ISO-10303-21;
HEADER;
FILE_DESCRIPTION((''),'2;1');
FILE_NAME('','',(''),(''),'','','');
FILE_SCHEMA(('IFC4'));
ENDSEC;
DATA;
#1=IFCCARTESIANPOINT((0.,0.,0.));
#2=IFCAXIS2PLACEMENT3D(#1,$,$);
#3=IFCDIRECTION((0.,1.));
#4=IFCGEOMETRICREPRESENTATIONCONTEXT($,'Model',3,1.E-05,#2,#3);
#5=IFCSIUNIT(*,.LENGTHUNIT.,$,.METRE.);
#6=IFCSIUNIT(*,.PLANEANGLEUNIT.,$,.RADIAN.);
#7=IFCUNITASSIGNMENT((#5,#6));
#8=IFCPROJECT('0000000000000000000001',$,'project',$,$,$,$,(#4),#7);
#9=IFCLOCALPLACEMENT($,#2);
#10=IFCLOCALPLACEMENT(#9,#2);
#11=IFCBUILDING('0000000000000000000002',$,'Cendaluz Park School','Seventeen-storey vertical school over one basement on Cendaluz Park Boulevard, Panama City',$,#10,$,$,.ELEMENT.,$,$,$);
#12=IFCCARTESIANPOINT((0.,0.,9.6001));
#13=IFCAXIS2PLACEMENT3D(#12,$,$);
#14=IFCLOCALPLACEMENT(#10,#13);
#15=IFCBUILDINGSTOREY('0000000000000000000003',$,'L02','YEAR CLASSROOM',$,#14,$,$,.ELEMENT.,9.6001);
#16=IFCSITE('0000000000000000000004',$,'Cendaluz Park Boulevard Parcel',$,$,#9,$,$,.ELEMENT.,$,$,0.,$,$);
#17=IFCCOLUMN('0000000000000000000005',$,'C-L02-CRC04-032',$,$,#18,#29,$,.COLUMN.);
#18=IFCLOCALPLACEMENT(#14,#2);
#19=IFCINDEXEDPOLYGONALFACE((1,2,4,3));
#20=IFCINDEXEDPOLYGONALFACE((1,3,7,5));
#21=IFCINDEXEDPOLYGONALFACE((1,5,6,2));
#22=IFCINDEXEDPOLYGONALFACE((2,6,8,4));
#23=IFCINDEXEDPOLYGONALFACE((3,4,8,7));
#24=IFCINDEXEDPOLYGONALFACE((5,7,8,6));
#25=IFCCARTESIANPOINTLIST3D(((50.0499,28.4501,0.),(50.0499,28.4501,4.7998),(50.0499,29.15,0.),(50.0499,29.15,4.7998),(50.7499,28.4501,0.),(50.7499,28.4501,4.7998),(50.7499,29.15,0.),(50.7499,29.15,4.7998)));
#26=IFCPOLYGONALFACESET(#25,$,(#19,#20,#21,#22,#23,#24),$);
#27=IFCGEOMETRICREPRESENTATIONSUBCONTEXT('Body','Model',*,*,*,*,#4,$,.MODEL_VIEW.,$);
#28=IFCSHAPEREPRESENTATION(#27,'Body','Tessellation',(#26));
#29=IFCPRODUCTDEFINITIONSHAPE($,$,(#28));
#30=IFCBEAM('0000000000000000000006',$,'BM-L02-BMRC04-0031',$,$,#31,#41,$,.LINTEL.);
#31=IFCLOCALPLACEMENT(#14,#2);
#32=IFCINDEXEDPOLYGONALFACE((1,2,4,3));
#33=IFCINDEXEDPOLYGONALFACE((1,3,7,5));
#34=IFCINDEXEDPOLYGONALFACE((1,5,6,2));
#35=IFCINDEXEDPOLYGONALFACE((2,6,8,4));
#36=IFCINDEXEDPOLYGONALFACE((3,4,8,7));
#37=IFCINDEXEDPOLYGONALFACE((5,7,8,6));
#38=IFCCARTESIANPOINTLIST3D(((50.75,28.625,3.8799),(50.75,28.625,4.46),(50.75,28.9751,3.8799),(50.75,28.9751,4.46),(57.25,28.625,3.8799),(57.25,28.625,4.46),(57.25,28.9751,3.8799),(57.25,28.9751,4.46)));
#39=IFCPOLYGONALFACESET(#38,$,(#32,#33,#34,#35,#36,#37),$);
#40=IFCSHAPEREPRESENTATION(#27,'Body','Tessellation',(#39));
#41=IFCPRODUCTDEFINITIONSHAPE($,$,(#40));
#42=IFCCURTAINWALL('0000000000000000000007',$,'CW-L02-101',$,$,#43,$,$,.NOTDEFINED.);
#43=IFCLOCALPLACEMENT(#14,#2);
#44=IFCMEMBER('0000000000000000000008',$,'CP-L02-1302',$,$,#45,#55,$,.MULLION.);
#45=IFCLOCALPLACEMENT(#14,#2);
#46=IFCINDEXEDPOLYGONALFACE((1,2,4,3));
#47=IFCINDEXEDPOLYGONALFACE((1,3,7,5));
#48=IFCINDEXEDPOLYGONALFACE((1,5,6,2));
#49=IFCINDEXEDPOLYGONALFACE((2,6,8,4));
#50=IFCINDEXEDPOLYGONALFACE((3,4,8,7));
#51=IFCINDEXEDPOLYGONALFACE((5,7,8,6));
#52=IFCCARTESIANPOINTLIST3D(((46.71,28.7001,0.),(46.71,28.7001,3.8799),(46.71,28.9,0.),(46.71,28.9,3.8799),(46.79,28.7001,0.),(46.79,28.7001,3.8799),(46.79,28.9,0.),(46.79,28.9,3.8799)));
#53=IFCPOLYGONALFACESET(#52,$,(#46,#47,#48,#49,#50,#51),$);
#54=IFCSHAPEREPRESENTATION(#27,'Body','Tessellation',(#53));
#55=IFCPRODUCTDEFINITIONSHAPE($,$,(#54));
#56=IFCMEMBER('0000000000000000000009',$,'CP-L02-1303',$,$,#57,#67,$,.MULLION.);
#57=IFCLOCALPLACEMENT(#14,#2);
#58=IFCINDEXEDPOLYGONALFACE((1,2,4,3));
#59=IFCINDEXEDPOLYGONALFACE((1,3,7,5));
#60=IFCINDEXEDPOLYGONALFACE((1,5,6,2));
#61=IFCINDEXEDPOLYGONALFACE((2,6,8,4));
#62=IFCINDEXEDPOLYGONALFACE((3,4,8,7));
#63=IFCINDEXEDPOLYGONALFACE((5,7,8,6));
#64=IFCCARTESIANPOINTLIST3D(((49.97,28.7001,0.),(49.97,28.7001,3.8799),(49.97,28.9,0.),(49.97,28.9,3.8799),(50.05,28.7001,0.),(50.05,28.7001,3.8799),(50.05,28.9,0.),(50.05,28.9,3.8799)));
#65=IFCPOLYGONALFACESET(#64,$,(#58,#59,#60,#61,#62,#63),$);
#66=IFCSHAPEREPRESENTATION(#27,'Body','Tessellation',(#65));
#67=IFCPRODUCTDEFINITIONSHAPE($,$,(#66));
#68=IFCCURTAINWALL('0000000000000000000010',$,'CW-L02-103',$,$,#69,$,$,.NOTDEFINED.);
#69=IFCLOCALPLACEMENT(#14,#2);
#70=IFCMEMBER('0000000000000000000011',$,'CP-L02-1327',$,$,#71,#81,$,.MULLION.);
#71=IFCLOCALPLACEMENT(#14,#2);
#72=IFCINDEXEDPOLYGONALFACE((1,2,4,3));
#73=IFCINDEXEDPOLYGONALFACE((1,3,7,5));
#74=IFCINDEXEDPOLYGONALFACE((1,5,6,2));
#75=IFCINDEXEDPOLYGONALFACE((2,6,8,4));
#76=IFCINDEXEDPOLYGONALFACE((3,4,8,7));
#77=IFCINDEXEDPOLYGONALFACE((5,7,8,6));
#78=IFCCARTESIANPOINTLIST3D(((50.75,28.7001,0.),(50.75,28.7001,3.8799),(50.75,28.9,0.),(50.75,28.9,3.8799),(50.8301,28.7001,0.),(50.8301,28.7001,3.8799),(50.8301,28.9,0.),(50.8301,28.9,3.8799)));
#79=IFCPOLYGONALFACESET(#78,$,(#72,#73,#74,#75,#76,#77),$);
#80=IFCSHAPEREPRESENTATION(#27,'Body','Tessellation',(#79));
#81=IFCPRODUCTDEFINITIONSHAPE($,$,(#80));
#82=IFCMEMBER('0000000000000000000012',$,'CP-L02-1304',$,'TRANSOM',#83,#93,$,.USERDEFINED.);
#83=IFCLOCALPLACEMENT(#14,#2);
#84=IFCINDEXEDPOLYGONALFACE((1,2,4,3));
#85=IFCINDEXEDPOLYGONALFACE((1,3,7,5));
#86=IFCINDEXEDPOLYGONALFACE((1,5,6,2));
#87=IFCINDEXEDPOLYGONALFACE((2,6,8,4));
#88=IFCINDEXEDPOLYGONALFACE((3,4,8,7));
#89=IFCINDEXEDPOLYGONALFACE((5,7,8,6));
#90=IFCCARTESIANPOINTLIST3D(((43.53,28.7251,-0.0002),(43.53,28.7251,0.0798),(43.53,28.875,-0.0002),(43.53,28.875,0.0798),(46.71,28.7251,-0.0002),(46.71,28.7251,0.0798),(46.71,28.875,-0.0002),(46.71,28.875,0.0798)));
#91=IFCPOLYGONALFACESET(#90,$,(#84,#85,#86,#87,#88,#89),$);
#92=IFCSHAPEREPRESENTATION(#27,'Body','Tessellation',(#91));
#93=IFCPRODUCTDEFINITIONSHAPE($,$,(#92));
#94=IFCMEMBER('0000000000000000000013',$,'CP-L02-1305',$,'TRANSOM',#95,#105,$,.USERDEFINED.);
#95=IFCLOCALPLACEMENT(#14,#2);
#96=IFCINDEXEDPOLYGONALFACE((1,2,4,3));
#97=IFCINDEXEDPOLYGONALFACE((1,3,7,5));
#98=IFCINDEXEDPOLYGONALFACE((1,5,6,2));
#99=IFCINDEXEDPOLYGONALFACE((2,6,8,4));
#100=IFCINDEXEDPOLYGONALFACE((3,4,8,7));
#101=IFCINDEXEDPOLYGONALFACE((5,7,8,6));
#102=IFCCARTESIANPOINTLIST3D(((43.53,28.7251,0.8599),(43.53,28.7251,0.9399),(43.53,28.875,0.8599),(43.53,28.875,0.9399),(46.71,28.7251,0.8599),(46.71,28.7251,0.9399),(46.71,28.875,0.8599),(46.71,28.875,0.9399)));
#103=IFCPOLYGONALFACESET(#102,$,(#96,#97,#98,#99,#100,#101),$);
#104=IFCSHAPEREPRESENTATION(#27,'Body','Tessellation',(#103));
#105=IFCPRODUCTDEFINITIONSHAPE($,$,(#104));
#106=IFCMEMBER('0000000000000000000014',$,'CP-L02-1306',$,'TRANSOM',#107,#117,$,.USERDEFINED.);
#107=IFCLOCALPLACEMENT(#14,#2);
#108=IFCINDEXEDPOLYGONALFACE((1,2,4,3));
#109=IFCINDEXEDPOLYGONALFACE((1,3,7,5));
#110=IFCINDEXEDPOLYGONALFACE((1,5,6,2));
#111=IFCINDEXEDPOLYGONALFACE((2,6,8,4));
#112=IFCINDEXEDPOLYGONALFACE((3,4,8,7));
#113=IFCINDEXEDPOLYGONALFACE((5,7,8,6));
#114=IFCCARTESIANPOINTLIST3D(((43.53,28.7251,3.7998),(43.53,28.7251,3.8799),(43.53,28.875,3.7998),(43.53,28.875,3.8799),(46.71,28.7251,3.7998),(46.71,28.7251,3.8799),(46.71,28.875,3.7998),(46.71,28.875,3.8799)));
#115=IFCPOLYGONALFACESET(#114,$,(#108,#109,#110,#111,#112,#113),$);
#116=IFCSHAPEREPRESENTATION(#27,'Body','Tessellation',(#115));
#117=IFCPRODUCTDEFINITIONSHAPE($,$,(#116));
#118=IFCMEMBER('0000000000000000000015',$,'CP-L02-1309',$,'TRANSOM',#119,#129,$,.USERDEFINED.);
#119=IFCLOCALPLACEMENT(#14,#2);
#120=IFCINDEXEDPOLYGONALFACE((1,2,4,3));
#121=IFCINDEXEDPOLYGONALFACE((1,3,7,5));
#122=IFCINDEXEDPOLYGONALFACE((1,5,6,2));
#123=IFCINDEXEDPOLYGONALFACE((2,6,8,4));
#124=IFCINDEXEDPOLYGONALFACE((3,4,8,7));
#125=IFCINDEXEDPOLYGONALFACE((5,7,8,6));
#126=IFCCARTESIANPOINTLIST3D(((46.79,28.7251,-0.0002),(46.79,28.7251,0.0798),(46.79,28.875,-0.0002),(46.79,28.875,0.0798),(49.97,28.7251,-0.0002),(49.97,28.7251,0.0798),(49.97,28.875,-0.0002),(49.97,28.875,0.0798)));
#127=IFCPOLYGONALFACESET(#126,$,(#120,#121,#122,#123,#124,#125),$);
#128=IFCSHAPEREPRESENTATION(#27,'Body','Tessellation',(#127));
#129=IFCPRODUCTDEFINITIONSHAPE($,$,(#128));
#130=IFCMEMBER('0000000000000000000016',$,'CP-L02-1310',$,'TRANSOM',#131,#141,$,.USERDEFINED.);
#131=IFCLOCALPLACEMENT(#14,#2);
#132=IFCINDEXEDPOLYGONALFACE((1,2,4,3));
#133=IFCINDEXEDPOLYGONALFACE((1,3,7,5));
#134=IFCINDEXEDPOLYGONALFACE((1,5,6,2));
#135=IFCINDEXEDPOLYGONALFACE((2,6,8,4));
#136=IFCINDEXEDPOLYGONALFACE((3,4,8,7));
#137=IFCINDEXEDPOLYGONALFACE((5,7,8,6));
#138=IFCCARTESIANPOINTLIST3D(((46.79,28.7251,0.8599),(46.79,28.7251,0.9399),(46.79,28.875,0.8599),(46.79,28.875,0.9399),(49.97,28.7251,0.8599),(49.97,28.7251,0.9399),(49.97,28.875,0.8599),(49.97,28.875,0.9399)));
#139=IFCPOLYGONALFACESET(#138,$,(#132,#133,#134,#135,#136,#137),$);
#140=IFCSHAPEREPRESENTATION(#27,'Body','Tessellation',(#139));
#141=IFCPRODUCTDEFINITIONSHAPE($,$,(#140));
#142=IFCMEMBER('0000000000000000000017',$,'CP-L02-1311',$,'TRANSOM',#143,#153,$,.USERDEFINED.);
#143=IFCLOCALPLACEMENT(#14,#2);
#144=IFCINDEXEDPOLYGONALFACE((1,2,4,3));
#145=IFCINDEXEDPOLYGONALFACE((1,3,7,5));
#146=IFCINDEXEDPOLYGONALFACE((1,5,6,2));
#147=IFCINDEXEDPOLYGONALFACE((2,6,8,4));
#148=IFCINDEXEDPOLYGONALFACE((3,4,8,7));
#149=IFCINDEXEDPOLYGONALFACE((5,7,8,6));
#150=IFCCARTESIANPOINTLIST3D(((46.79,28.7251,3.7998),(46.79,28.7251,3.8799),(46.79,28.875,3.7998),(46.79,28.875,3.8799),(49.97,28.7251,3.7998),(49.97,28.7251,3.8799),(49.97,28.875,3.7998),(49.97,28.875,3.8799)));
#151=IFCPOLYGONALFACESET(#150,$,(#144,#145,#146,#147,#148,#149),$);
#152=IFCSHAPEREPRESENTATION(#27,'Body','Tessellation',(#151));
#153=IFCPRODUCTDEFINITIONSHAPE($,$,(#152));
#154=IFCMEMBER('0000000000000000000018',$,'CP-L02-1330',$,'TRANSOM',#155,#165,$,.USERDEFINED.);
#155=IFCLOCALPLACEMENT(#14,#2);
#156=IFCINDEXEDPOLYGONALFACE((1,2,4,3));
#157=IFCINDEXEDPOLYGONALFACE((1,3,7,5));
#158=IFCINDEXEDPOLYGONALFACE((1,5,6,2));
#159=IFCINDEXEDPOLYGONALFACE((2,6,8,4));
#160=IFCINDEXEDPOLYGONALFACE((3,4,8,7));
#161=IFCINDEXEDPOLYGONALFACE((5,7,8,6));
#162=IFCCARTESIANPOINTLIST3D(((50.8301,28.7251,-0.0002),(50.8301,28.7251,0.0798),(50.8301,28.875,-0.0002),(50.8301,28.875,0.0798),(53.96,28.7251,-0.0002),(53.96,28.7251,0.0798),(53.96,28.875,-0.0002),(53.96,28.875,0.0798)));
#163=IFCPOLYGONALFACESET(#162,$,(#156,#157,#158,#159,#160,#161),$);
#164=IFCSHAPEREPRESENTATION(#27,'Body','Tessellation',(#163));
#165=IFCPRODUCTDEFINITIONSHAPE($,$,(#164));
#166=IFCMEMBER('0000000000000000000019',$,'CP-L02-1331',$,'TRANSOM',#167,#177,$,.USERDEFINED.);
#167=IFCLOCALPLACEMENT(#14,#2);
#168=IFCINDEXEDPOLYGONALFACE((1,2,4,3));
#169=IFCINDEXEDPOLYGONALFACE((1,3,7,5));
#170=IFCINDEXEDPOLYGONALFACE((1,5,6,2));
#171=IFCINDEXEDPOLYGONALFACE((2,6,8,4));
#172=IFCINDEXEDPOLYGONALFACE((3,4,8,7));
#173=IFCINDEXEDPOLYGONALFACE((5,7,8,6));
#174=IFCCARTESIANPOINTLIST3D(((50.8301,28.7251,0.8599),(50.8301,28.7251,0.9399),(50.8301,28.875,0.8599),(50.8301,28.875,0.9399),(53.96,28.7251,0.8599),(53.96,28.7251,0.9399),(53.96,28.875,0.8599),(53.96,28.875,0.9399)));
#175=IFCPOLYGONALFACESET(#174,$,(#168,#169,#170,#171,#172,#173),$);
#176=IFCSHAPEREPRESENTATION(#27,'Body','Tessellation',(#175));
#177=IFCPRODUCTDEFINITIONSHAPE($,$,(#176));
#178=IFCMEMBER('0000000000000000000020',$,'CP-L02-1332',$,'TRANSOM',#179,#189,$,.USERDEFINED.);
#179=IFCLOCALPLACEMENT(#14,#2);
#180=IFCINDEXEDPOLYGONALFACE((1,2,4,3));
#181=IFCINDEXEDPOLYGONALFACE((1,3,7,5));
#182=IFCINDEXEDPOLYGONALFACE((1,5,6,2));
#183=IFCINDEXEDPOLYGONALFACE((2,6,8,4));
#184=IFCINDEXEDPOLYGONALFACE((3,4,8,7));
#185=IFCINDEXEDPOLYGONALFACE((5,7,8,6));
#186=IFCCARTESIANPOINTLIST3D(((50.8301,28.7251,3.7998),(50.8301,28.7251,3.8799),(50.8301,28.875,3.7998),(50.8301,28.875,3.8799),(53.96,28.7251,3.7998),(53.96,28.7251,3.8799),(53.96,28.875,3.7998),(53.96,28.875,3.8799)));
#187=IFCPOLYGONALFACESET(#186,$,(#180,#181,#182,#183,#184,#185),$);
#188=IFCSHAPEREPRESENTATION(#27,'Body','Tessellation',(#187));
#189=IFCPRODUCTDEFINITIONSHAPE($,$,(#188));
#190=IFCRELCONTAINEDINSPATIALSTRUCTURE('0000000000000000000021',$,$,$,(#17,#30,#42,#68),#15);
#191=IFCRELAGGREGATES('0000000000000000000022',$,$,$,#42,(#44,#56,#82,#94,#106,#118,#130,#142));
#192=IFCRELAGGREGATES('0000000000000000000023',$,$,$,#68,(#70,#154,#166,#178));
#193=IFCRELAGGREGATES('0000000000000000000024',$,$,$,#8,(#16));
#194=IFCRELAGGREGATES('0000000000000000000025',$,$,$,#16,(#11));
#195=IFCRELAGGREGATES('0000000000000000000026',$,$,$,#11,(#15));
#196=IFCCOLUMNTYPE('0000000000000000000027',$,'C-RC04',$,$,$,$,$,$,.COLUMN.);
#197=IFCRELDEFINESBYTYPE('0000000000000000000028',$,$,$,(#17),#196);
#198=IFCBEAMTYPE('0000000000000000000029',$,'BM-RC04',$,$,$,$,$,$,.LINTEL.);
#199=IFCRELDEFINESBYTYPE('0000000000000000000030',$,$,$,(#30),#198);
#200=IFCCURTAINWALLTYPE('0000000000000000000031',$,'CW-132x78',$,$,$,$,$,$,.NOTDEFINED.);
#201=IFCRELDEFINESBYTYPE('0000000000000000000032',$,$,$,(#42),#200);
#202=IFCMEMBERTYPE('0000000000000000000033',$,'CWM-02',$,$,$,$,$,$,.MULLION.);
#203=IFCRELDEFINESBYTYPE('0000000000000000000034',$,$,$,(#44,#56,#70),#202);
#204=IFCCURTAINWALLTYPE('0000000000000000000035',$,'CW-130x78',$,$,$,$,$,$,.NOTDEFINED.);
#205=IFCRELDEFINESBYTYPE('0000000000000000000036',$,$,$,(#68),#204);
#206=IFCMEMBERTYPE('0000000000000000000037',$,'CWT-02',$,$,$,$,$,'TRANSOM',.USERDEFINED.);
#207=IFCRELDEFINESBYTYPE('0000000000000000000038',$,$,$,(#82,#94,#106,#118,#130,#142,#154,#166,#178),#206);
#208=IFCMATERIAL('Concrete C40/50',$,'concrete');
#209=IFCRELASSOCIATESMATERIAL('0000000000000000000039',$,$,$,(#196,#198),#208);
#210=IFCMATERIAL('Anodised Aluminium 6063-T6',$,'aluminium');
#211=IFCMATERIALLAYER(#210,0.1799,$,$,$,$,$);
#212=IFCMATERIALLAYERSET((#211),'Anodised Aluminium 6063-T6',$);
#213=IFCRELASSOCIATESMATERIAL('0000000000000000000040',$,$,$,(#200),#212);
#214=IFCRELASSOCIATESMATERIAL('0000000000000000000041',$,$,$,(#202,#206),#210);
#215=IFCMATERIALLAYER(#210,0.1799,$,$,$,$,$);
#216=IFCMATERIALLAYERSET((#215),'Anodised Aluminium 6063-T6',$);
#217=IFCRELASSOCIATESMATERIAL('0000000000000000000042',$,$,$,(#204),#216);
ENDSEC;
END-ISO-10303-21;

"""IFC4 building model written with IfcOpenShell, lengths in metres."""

from ifc_helpers import new_model, si_unit, direction, frame, origin, origin_2d, place, context, subcontext, project, spatial, rectangle, extrude, material, layer, layer_set, material_profile, profile_set, type_object, element, aggregate, save


model = new_model("IFC4")

# Units and contexts
model_context = context("Model", 3, precision=1e-05, world=origin(), true_north=direction((0.0, 1.0)))
body_context = subcontext(model_context, "Body", "Model", "MODEL_VIEW")
ifc_project = project(units=[si_unit("LENGTHUNIT", "METRE"), si_unit("PLANEANGLEUNIT", "RADIAN")], contexts=[model_context])

# Site, building, storey
site_placement = place(None, origin())
site = spatial("IfcSite", under=ifc_project, at=site_placement, Name="Cendaluz Park Boulevard Parcel", CompositionType="ELEMENT", RefElevation=0.0)
building_placement = place(site_placement, origin())
building = spatial("IfcBuilding", under=site, at=building_placement, Name="Cendaluz Park School", Description="Seventeen-storey vertical school over one basement on Cendaluz Park Boulevard, Panama City", CompositionType="ELEMENT")
storey_placement = place(building_placement, frame((0.0, 0.0, 9.6001)))
storey = spatial("IfcBuildingStorey", under=building, at=storey_placement, Name="L02", Description="YEAR CLASSROOM", CompositionType="ELEMENT", Elevation=9.6001)

# Column
ifc_material_1 = material(Name="Concrete C40/50", Category="concrete")
ifc_material_profile_1 = material_profile(ifc_material_1, rectangle(XDim=0.7, YDim=0.7, at=origin_2d()), Name="RC 700x700", Category="concrete")
ifc_profile_set_1 = profile_set([ifc_material_profile_1], Name="Concrete C40/50")
column_type = type_object("IfcColumnType", Name="C-RC04", PredefinedType="COLUMN", material=ifc_profile_set_1)
column_placement = place(storey_placement, frame((50.3999, 28.8, 0.0), z_axis=(0.0, 0.0, 1.0), x_axis=(1.0, 0.0, 0.0)))
element("IfcColumn", 1, at=column_placement, inside=storey, type_object=column_type, Name="C-L02-CRC04-032", PredefinedType="COLUMN", context=body_context, shape_type="SweptSolid", body=[
    extrude(rectangle(XDim=0.7, YDim=0.7, at=origin_2d()), origin(), (0.0, 0.0, 1.0), 4.7998),
])

# Beam
ifc_material_profile_2 = material_profile(ifc_material_1, rectangle(XDim=0.3501, YDim=0.5801, at=origin_2d()), Name="RC 350x580", Category="concrete")
ifc_profile_set_2 = profile_set([ifc_material_profile_2], Name="Concrete C40/50")
beam_type = type_object("IfcBeamType", Name="BM-RC04", PredefinedType="LINTEL", material=ifc_profile_set_2)
beam_placement = place(storey_placement, frame((50.75, 28.8, 4.1699), z_axis=(1.0, 0.0, 0.0), x_axis=(0.0, 1.0, 0.0)))
element("IfcBeam", 2, at=beam_placement, inside=storey, type_object=beam_type, Name="BM-L02-BMRC04-0031", PredefinedType="LINTEL", context=body_context, shape_type="SweptSolid", body=[
    extrude(rectangle(XDim=0.3501, YDim=0.5801, at=origin_2d()), origin(), (0.0, 0.0, 1.0), 6.5),
])

# Curtain wall, members
ifc_material_2 = material(Name="Anodised Aluminium 6063-T6", Category="aluminium")
ifc_layer_1 = layer(ifc_material_2, 0.1799)
ifc_layer_set_1 = layer_set([ifc_layer_1], Name="Anodised Aluminium 6063-T6")
curtain_wall_type_1 = type_object("IfcCurtainWallType", Name="CW-132x78", PredefinedType="NOTDEFINED", material=ifc_layer_set_1)
curtain_wall_1_placement = place(storey_placement, origin())
curtain_wall_1 = element("IfcCurtainWall", 3, at=curtain_wall_1_placement, inside=storey, type_object=curtain_wall_type_1, Name="CW-L02-101", PredefinedType="NOTDEFINED")
ifc_material_profile_3 = material_profile(ifc_material_2, rectangle(XDim=0.2, YDim=0.0801, at=origin_2d()), Name="CWM 200x80", Category="aluminium")
ifc_profile_set_3 = profile_set([ifc_material_profile_3], Name="Anodised Aluminium 6063-T6")
member_type_1 = type_object("IfcMemberType", Name="CWM-02", PredefinedType="MULLION", material=ifc_profile_set_3)
member_1_placement = place(storey_placement, frame((46.75, 28.8, 0.0), z_axis=(0.0, 0.0, 1.0), x_axis=(0.0, 1.0, 0.0)))
member_1 = element("IfcMember", 4, at=member_1_placement, type_object=member_type_1, Name="CP-L02-1302", PredefinedType="MULLION", context=body_context, shape_type="SweptSolid", body=[
    extrude(rectangle(XDim=0.2, YDim=0.0801, at=origin_2d()), origin(), (0.0, 0.0, 1.0), 3.8799),
])
member_2_placement = place(storey_placement, frame((50.01, 28.8, 0.0), z_axis=(0.0, 0.0, 1.0), x_axis=(0.0, 1.0, 0.0)))
member_2 = element("IfcMember", 5, at=member_2_placement, type_object=member_type_1, Name="CP-L02-1303", PredefinedType="MULLION", context=body_context, shape_type="SweptSolid", body=[
    extrude(rectangle(XDim=0.2, YDim=0.0801, at=origin_2d()), origin(), (0.0, 0.0, 1.0), 3.8799),
])

# Curtain wall, member
ifc_layer_2 = layer(ifc_material_2, 0.1799)
ifc_layer_set_2 = layer_set([ifc_layer_2], Name="Anodised Aluminium 6063-T6")
curtain_wall_type_2 = type_object("IfcCurtainWallType", Name="CW-130x78", PredefinedType="NOTDEFINED", material=ifc_layer_set_2)
curtain_wall_2_placement = place(storey_placement, origin())
curtain_wall_2 = element("IfcCurtainWall", 6, at=curtain_wall_2_placement, inside=storey, type_object=curtain_wall_type_2, Name="CW-L02-103", PredefinedType="NOTDEFINED")
member_3_placement = place(storey_placement, frame((50.79, 28.8, 0.0), z_axis=(0.0, 0.0, 1.0), x_axis=(0.0, 1.0, 0.0)))
member_3 = element("IfcMember", 7, at=member_3_placement, type_object=member_type_1, Name="CP-L02-1327", PredefinedType="MULLION", context=body_context, shape_type="SweptSolid", body=[
    extrude(rectangle(XDim=0.2, YDim=0.0801, at=origin_2d()), origin(), (0.0, 0.0, 1.0), 3.8799),
])

# Members
ifc_material_profile_4 = material_profile(ifc_material_2, rectangle(XDim=0.1499, YDim=0.0801, at=origin_2d()), Name="CWT 150x80", Category="aluminium")
ifc_profile_set_4 = profile_set([ifc_material_profile_4], Name="Anodised Aluminium 6063-T6")
member_type_2 = type_object("IfcMemberType", Name="CWT-02", ElementType="TRANSOM", PredefinedType="USERDEFINED", material=ifc_profile_set_4)
member_4_placement = place(storey_placement, frame((43.53, 28.8, 0.0398), z_axis=(1.0, 0.0, 0.0), x_axis=(0.0, 1.0, 0.0)))
member_4 = element("IfcMember", 8, at=member_4_placement, type_object=member_type_2, Name="CP-L02-1304", ObjectType="TRANSOM", PredefinedType="USERDEFINED", context=body_context, shape_type="SweptSolid", body=[
    extrude(rectangle(XDim=0.1499, YDim=0.0801, at=origin_2d()), origin(), (0.0, 0.0, 1.0), 3.1799),
])
member_5_placement = place(storey_placement, frame((43.53, 28.8, 0.8999), z_axis=(1.0, 0.0, 0.0), x_axis=(0.0, 1.0, 0.0)))
member_5 = element("IfcMember", 9, at=member_5_placement, type_object=member_type_2, Name="CP-L02-1305", ObjectType="TRANSOM", PredefinedType="USERDEFINED", context=body_context, shape_type="SweptSolid", body=[
    extrude(rectangle(XDim=0.1499, YDim=0.0801, at=origin_2d()), origin(), (0.0, 0.0, 1.0), 3.1799),
])
member_6_placement = place(storey_placement, frame((43.53, 28.8, 3.8398), z_axis=(1.0, 0.0, 0.0), x_axis=(0.0, 1.0, 0.0)))
member_6 = element("IfcMember", 10, at=member_6_placement, type_object=member_type_2, Name="CP-L02-1306", ObjectType="TRANSOM", PredefinedType="USERDEFINED", context=body_context, shape_type="SweptSolid", body=[
    extrude(rectangle(XDim=0.1499, YDim=0.0801, at=origin_2d()), origin(), (0.0, 0.0, 1.0), 3.1799),
])
member_7_placement = place(storey_placement, frame((46.79, 28.8, 0.0398), z_axis=(1.0, 0.0, 0.0), x_axis=(0.0, 1.0, 0.0)))
member_7 = element("IfcMember", 11, at=member_7_placement, type_object=member_type_2, Name="CP-L02-1309", ObjectType="TRANSOM", PredefinedType="USERDEFINED", context=body_context, shape_type="SweptSolid", body=[
    extrude(rectangle(XDim=0.1499, YDim=0.0801, at=origin_2d()), origin(), (0.0, 0.0, 1.0), 3.1799),
])
member_8_placement = place(storey_placement, frame((46.79, 28.8, 0.8999), z_axis=(1.0, 0.0, 0.0), x_axis=(0.0, 1.0, 0.0)))
member_8 = element("IfcMember", 12, at=member_8_placement, type_object=member_type_2, Name="CP-L02-1310", ObjectType="TRANSOM", PredefinedType="USERDEFINED", context=body_context, shape_type="SweptSolid", body=[
    extrude(rectangle(XDim=0.1499, YDim=0.0801, at=origin_2d()), origin(), (0.0, 0.0, 1.0), 3.1799),
])
member_9_placement = place(storey_placement, frame((46.79, 28.8, 3.8398), z_axis=(1.0, 0.0, 0.0), x_axis=(0.0, 1.0, 0.0)))
member_9 = element("IfcMember", 13, at=member_9_placement, type_object=member_type_2, Name="CP-L02-1311", ObjectType="TRANSOM", PredefinedType="USERDEFINED", context=body_context, shape_type="SweptSolid", body=[
    extrude(rectangle(XDim=0.1499, YDim=0.0801, at=origin_2d()), origin(), (0.0, 0.0, 1.0), 3.1799),
])
member_10_placement = place(storey_placement, frame((50.8301, 28.8, 0.0398), z_axis=(1.0, 0.0, 0.0), x_axis=(0.0, 1.0, 0.0)))
member_10 = element("IfcMember", 14, at=member_10_placement, type_object=member_type_2, Name="CP-L02-1330", ObjectType="TRANSOM", PredefinedType="USERDEFINED", context=body_context, shape_type="SweptSolid", body=[
    extrude(rectangle(XDim=0.1499, YDim=0.0801, at=origin_2d()), origin(), (0.0, 0.0, 1.0), 3.1299),
])
member_11_placement = place(storey_placement, frame((50.8301, 28.8, 0.8999), z_axis=(1.0, 0.0, 0.0), x_axis=(0.0, 1.0, 0.0)))
member_11 = element("IfcMember", 15, at=member_11_placement, type_object=member_type_2, Name="CP-L02-1331", ObjectType="TRANSOM", PredefinedType="USERDEFINED", context=body_context, shape_type="SweptSolid", body=[
    extrude(rectangle(XDim=0.1499, YDim=0.0801, at=origin_2d()), origin(), (0.0, 0.0, 1.0), 3.1299),
])
member_12_placement = place(storey_placement, frame((50.8301, 28.8, 3.8398), z_axis=(1.0, 0.0, 0.0), x_axis=(0.0, 1.0, 0.0)))
member_12 = element("IfcMember", 16, at=member_12_placement, type_object=member_type_2, Name="CP-L02-1332", ObjectType="TRANSOM", PredefinedType="USERDEFINED", context=body_context, shape_type="SweptSolid", body=[
    extrude(rectangle(XDim=0.1499, YDim=0.0801, at=origin_2d()), origin(), (0.0, 0.0, 1.0), 3.1299),
])

aggregate(curtain_wall_1, [member_1, member_2, member_4, member_5, member_6, member_7, member_8, member_9])
aggregate(curtain_wall_2, [member_3, member_10, member_11, member_12])

save(model, "model.ifc")
